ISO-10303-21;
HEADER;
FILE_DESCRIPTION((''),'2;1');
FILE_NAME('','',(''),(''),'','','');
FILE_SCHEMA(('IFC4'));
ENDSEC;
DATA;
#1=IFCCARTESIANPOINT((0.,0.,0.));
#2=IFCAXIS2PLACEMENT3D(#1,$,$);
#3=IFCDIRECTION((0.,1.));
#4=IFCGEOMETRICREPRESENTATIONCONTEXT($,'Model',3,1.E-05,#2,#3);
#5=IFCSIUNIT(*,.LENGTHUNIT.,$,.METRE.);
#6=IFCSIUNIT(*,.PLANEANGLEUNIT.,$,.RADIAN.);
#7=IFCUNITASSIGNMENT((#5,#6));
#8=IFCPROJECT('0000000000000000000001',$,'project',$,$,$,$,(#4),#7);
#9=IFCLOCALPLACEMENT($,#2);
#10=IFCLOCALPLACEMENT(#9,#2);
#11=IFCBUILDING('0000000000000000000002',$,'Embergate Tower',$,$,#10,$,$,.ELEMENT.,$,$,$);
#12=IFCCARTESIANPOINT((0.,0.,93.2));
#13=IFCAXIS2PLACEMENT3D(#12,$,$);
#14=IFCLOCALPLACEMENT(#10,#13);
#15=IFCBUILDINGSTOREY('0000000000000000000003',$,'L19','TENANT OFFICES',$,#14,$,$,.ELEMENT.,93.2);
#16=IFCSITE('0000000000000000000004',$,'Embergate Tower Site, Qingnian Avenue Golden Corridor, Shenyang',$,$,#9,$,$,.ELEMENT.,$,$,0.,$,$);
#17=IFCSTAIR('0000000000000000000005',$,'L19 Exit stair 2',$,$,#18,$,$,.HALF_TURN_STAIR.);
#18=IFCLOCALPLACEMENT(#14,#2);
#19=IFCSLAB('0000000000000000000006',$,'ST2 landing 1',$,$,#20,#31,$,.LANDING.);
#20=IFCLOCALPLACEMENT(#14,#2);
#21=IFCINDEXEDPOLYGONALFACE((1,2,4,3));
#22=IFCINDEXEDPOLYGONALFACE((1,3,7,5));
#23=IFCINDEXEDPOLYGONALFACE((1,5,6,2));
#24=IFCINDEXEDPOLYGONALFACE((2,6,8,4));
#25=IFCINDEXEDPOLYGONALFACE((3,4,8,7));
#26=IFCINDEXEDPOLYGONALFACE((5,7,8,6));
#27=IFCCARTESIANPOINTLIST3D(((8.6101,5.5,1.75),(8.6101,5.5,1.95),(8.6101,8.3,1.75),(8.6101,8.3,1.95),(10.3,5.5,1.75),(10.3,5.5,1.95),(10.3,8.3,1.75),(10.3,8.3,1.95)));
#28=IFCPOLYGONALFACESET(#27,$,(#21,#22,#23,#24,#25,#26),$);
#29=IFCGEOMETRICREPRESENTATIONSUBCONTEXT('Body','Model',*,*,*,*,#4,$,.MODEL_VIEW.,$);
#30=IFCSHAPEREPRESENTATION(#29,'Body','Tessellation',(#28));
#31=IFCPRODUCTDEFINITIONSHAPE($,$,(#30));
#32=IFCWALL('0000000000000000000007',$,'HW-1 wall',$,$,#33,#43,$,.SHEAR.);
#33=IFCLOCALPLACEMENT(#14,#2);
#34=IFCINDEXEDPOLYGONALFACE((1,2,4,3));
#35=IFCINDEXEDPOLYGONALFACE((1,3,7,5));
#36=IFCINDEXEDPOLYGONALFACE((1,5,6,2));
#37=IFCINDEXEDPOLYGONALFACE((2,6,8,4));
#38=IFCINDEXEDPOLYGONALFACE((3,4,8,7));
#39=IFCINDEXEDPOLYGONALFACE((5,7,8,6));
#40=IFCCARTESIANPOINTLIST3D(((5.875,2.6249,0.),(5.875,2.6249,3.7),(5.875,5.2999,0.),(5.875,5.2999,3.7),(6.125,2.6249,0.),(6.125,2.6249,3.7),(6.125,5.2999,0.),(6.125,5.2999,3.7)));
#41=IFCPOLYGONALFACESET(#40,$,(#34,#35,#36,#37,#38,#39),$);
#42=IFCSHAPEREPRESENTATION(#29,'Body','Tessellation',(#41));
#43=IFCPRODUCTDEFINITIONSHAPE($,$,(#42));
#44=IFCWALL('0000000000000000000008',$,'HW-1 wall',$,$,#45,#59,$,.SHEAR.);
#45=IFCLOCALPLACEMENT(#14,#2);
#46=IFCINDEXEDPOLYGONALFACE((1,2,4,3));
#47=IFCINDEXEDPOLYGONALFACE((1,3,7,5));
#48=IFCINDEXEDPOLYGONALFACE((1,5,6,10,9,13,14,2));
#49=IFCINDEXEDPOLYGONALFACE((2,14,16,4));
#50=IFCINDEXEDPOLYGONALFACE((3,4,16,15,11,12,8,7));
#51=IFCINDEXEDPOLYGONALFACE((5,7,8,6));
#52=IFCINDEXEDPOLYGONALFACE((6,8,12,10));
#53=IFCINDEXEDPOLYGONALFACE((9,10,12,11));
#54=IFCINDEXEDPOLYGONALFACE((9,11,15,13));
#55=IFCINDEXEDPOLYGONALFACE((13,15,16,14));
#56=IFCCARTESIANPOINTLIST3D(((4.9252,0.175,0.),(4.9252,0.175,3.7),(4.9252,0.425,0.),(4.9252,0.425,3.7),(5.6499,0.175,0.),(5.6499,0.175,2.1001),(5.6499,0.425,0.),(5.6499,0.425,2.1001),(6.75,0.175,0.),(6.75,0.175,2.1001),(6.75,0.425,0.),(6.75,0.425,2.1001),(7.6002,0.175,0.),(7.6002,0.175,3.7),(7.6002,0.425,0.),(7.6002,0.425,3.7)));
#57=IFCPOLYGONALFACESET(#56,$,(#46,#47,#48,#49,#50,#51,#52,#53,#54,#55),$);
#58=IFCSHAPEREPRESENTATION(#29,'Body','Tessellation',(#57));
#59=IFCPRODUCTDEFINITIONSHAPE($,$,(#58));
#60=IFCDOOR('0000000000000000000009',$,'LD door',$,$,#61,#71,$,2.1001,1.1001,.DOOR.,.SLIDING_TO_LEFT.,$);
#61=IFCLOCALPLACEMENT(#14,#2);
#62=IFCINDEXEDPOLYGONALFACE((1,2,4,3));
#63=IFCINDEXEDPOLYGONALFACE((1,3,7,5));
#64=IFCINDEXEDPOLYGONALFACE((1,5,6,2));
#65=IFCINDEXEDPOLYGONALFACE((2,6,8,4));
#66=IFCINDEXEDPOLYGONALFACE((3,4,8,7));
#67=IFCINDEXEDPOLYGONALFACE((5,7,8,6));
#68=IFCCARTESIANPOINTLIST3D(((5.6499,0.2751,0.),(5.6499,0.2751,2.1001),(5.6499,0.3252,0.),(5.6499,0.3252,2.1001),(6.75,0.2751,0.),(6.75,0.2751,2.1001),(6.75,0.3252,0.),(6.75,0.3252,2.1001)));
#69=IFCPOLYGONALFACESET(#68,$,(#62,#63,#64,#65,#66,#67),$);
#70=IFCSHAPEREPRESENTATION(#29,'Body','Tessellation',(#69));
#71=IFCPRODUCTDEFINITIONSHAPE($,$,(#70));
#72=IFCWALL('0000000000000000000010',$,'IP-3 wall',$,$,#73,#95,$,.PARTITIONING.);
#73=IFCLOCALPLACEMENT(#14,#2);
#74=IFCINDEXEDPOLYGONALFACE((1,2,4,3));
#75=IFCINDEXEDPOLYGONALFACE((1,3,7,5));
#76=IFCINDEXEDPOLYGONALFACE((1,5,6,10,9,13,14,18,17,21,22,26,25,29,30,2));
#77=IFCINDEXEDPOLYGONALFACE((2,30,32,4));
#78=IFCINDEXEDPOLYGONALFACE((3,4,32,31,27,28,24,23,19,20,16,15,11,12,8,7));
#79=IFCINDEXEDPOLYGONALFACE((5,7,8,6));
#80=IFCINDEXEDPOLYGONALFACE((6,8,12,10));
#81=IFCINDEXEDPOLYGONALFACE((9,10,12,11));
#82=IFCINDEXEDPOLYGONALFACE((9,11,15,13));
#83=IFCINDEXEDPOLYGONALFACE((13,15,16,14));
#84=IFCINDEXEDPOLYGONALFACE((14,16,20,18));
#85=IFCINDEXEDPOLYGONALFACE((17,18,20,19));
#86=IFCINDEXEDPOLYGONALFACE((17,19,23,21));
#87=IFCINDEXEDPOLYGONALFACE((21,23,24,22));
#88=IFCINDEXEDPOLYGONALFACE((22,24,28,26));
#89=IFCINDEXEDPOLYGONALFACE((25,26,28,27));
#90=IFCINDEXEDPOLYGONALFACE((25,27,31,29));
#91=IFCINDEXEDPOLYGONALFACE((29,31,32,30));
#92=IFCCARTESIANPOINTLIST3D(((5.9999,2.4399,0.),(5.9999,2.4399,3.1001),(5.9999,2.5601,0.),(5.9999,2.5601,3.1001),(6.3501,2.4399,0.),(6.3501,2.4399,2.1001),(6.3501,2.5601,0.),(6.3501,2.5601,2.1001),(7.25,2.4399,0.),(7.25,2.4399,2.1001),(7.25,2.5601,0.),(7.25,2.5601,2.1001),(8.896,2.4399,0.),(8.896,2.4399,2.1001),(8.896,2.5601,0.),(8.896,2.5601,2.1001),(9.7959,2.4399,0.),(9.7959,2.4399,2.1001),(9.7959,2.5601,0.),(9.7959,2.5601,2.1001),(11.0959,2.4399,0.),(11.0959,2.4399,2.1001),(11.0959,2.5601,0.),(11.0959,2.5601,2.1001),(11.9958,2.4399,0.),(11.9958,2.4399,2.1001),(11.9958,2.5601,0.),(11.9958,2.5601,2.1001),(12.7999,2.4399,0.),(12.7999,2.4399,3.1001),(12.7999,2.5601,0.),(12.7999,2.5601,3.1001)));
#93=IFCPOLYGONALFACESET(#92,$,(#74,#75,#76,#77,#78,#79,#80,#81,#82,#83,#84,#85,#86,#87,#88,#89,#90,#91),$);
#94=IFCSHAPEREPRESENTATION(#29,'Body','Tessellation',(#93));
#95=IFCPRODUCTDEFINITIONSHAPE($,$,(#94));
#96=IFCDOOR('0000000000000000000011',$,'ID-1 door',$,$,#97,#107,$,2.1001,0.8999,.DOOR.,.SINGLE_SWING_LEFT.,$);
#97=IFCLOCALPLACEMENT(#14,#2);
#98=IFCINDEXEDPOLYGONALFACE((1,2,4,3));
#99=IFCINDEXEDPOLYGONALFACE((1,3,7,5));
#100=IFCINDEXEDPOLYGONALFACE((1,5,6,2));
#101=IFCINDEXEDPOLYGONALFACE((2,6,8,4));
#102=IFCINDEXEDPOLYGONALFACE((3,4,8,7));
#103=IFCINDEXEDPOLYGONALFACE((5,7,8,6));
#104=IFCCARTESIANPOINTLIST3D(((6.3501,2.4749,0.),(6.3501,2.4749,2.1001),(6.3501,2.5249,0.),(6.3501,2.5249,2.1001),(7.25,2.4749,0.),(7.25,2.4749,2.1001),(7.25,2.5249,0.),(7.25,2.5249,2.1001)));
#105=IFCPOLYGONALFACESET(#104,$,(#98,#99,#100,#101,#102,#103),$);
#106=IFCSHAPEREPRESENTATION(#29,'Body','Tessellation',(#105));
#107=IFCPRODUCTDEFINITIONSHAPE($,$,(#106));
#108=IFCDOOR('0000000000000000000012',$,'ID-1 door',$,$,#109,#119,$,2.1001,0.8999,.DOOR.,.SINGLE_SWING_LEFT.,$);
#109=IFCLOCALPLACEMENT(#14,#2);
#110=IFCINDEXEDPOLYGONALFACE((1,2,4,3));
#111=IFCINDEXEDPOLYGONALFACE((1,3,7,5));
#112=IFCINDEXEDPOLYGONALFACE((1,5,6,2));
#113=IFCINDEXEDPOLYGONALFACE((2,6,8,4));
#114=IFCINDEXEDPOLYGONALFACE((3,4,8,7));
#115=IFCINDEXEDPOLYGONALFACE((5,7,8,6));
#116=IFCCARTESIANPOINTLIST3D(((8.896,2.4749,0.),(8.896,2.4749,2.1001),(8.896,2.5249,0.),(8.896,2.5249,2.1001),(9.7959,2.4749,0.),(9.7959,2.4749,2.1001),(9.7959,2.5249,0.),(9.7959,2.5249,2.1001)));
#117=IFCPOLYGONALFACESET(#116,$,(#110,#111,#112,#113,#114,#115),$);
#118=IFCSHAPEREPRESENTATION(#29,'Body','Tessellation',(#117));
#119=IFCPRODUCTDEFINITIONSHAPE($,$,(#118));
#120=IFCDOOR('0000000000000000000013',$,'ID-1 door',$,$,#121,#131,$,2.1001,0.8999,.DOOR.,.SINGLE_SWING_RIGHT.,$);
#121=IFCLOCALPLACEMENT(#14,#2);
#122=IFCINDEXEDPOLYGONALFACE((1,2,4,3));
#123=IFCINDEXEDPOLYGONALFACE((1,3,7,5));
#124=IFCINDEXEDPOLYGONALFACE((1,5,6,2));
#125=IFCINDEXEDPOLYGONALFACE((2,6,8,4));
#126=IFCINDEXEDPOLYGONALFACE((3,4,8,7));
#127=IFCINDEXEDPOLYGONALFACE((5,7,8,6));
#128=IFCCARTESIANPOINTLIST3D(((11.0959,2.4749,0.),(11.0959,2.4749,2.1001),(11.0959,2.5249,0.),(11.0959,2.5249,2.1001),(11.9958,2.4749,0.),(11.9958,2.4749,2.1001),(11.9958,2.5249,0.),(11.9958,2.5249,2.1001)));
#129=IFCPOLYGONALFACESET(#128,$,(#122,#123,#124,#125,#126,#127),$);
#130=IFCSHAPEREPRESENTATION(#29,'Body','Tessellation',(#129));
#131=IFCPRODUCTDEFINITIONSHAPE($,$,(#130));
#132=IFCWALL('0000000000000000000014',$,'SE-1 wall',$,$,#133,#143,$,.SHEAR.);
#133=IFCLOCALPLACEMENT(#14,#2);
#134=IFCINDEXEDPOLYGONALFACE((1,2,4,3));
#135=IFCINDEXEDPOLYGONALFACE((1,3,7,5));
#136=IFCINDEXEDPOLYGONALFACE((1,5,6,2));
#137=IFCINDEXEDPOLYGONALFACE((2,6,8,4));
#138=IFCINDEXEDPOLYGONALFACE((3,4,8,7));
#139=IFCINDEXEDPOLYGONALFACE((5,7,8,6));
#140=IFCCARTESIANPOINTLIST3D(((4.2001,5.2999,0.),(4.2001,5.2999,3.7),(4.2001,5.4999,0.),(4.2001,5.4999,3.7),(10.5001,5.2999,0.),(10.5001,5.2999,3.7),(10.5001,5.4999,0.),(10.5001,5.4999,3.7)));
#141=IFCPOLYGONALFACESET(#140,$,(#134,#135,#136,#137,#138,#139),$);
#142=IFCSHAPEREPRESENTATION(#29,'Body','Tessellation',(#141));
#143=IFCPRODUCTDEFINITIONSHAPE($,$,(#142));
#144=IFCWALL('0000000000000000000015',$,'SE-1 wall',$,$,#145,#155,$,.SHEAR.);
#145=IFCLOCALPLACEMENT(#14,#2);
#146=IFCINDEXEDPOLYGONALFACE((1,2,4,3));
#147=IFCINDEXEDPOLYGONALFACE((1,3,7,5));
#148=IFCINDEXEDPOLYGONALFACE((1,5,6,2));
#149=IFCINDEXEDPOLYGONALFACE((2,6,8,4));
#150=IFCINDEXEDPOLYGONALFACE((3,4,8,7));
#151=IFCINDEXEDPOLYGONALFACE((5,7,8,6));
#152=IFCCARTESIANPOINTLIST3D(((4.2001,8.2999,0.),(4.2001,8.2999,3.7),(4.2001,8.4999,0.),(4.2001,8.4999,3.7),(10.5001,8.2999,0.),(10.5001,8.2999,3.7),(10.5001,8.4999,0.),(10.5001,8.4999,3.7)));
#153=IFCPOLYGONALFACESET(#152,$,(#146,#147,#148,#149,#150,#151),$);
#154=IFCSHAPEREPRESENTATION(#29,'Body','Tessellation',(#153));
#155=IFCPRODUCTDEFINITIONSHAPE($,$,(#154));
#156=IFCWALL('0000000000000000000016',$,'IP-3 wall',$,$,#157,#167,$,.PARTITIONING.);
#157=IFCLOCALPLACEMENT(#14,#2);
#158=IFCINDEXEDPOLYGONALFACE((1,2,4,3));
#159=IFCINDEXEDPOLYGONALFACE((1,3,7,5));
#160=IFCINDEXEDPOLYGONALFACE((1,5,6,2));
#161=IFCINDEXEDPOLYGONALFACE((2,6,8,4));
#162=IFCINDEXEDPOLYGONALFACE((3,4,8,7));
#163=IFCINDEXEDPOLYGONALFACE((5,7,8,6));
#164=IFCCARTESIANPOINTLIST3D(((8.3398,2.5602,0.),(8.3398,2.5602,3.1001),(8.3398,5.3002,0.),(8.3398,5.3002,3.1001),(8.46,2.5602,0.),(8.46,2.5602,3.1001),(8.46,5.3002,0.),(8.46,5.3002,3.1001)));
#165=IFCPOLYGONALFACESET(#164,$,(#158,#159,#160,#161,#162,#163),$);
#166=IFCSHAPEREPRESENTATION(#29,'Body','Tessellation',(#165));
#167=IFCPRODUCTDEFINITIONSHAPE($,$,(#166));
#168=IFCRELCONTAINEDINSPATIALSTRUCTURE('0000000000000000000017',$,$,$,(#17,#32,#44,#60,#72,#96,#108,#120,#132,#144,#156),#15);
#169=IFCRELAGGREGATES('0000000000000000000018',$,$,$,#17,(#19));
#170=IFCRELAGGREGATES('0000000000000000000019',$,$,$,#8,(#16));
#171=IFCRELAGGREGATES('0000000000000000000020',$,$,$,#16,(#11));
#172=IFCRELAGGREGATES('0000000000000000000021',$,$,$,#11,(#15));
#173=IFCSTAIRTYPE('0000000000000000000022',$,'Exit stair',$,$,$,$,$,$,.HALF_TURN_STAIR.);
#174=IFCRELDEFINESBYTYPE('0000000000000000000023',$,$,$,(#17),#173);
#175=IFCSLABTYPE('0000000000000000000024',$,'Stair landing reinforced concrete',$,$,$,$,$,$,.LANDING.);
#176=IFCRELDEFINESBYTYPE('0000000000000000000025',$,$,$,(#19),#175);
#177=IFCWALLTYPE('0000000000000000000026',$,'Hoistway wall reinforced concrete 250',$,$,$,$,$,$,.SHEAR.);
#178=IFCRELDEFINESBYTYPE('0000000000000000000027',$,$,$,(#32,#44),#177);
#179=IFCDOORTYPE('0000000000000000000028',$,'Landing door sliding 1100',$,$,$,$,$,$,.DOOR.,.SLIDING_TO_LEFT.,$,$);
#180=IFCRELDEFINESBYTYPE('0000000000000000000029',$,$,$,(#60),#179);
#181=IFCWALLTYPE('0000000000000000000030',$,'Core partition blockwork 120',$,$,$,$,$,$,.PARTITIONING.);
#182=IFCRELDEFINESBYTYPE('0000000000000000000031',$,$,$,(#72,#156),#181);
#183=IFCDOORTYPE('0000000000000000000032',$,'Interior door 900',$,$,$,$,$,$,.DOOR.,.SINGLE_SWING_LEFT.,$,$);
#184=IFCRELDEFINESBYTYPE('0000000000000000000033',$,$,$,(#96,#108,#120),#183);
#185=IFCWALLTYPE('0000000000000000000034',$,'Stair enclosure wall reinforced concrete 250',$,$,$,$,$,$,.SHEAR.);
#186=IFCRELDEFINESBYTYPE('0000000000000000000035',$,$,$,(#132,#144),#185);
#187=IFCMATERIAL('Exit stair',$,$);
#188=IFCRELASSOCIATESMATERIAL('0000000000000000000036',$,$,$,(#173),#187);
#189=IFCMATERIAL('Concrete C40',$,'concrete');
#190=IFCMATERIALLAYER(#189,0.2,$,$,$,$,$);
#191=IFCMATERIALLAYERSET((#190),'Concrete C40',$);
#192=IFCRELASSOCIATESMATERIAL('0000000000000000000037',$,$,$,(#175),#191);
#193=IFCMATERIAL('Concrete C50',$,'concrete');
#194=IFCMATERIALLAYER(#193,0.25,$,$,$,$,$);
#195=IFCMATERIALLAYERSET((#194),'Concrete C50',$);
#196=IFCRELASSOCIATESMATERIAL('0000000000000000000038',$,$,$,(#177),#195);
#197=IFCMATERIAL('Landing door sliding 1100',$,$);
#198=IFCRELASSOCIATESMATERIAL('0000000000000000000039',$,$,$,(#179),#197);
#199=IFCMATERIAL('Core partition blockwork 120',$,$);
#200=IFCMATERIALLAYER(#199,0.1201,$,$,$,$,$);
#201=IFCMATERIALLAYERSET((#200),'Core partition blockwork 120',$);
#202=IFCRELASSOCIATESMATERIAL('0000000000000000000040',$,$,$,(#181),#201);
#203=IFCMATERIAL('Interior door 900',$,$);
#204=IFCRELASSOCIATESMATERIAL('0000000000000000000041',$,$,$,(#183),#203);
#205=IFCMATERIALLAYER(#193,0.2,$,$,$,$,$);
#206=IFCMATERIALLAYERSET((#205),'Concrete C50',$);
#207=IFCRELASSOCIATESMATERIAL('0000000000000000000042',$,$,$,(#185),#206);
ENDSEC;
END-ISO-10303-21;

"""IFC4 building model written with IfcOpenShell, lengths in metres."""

from ifc_helpers import new_model, si_unit, direction, frame, frame_2d, origin, place, context, subcontext, project, spatial, polyline, rectangle, outline, extrude, source, transform, mapped, material, layer, layer_set, type_object, element, fill, aggregate, save


model = new_model("IFC4")

# Units and contexts
model_context = context("Model", 3, precision=1e-05, world=origin(), true_north=direction((0.0, 1.0)))
body_context = subcontext(model_context, "Body", "Model", "MODEL_VIEW")
ifc_project = project(units=[si_unit("LENGTHUNIT", "METRE"), si_unit("PLANEANGLEUNIT", "RADIAN")], contexts=[model_context])

# Site, building, storey
site_placement = place(None, origin())
site = spatial("IfcSite", under=ifc_project, at=site_placement, Name="Embergate Tower Site, Qingnian Avenue Golden Corridor, Shenyang", CompositionType="ELEMENT", RefElevation=0.0)
building_placement = place(site_placement, origin())
building = spatial("IfcBuilding", under=site, at=building_placement, Name="Embergate Tower", CompositionType="ELEMENT")
storey_placement = place(building_placement, frame((0.0, 0.0, 93.2)))
storey = spatial("IfcBuildingStorey", under=building, at=storey_placement, Name="L19", Description="TENANT OFFICES", CompositionType="ELEMENT", Elevation=93.2)

# Stair, slab
ifc_material_1 = material(Name="Exit stair")
stair_type = type_object("IfcStairType", Name="Exit stair", PredefinedType="HALF_TURN_STAIR", material=ifc_material_1)
stair_placement = place(storey_placement, origin())
stair = element("IfcStair", 1, at=stair_placement, inside=storey, type_object=stair_type, Name="L19 Exit stair 2", PredefinedType="HALF_TURN_STAIR")
ifc_material_2 = material(Name="Concrete C40", Category="concrete")
ifc_layer_1 = layer(ifc_material_2, 0.2)
ifc_layer_set_1 = layer_set([ifc_layer_1], Name="Concrete C40")
slab_type = type_object("IfcSlabType", Name="Stair landing reinforced concrete", PredefinedType="LANDING", material=ifc_layer_set_1)
shared_shape_1 = source(origin(), body_context, "Body", "SweptSolid", [
    extrude(outline(polyline([(0.0, 0.0), (1.6899, 0.0), (1.6899, 2.8), (0.0, 2.8), (0.0, 0.0)])), origin(), (0.0, 0.0, 1.0), 0.2),
])
slab_placement = place(storey_placement, frame((8.6101, 5.5, 1.75)))
slab = element("IfcSlab", 2, at=slab_placement, type_object=slab_type, Name="ST2 landing 1", PredefinedType="LANDING", context=body_context, shape_type="MappedRepresentation", body=[
    mapped(shared_shape_1, transform((0.0, 0.0, 0.0))),
])

# Wall
ifc_material_3 = material(Name="Concrete C50", Category="concrete")
ifc_layer_2 = layer(ifc_material_3, 0.25)
ifc_layer_set_2 = layer_set([ifc_layer_2], Name="Concrete C50")
wall_type_1 = type_object("IfcWallType", Name="Hoistway wall reinforced concrete 250", PredefinedType="SHEAR", material=ifc_layer_set_2)
shared_shape_2 = source(origin(), body_context, "Body", "SweptSolid", [
    extrude(rectangle(XDim=2.675, YDim=0.25, at=frame_2d((1.3374, 0.0))), origin(), (0.0, 0.0, 1.0), 3.7),
])
wall_1_placement = place(storey_placement, frame((6.0, 2.625, 0.0), z_axis=(0.0, 0.0, 1.0), x_axis=(0.0, 1.0, 0.0)))
element("IfcWall", 3, at=wall_1_placement, inside=storey, type_object=wall_type_1, Name="HW-1 wall", PredefinedType="SHEAR", context=body_context, shape_type="MappedRepresentation", body=[
    mapped(shared_shape_2, transform((0.0, 0.0, 0.0))),
])

# Wall, opening, door
wall_2_placement = place(storey_placement, frame((7.6001, 0.3, 0.0), z_axis=(0.0, 0.0, 1.0), x_axis=(-1.0, 0.0, 0.0)))
wall_2 = element("IfcWall", 4, at=wall_2_placement, inside=storey, type_object=wall_type_1, Name="HW-1 wall", PredefinedType="SHEAR", context=body_context, shape_type="MappedRepresentation", body=[
    mapped(shared_shape_2, transform((0.0, 0.0, 0.0))),
])
shared_shape_3 = source(origin(), body_context, "Body", "SweptSolid", [
    extrude(rectangle(XDim=1.1001, YDim=2.1001, at=frame_2d((0.55, 1.05))), frame((0.0, 0.135, 0.0), z_axis=(0.0, -1.0, 0.0), x_axis=(1.0, 0.0, 0.0)), (0.0, 0.0, 1.0), 0.27),
])
opening_1_placement = place(wall_2_placement, frame((0.8501, 0.0, 0.0)))
opening_1 = element("IfcOpeningElement", 5, at=opening_1_placement, cuts=wall_2, PredefinedType="OPENING", context=body_context, shape_type="MappedRepresentation", body=[
    mapped(shared_shape_3, transform((0.0, 0.0, 0.0))),
])
ifc_material_4 = material(Name="Landing door sliding 1100")
door_type_1 = type_object("IfcDoorType", Name="Landing door sliding 1100", OperationType="SLIDING_TO_LEFT", PredefinedType="DOOR", material=ifc_material_4)
shared_shape_4 = source(origin(), body_context, "Body", "SweptSolid", [
    extrude(rectangle(XDim=1.1001, YDim=2.1001, at=frame_2d((0.55, 1.05))), frame((0.0, 0.0249, 0.0), z_axis=(0.0, -1.0, 0.0), x_axis=(1.0, 0.0, 0.0)), (0.0, 0.0, 1.0), 0.05),
])
door_1_placement = place(opening_1_placement, origin())
door_1 = element("IfcDoor", 6, at=door_1_placement, inside=storey, type_object=door_type_1, Name="LD door", OperationType="SLIDING_TO_LEFT", OverallHeight=2.1001, OverallWidth=1.1001, PredefinedType="DOOR", context=body_context, shape_type="MappedRepresentation", body=[
    mapped(shared_shape_4, transform((0.0, 0.0, 0.0))),
])
fill(opening_1, door_1)

# Wall, openings, doors
ifc_material_5 = material(Name="Core partition blockwork 120")
ifc_layer_3 = layer(ifc_material_5, 0.1201)
ifc_layer_set_3 = layer_set([ifc_layer_3], Name="Core partition blockwork 120")
wall_type_2 = type_object("IfcWallType", Name="Core partition blockwork 120", PredefinedType="PARTITIONING", material=ifc_layer_set_3)
shared_shape_5 = source(origin(), body_context, "Body", "SweptSolid", [
    extrude(rectangle(XDim=6.8, YDim=0.1201, at=frame_2d((3.3999, 0.0))), origin(), (0.0, 0.0, 1.0), 3.1001),
])
wall_3_placement = place(storey_placement, frame((6.0, 2.5, 0.0), z_axis=(0.0, 0.0, 1.0), x_axis=(1.0, 0.0, 0.0)))
wall_3 = element("IfcWall", 7, at=wall_3_placement, inside=storey, type_object=wall_type_2, Name="IP-3 wall", PredefinedType="PARTITIONING", context=body_context, shape_type="MappedRepresentation", body=[
    mapped(shared_shape_5, transform((0.0, 0.0, 0.0))),
])
shared_shape_6 = source(origin(), body_context, "Body", "SweptSolid", [
    extrude(rectangle(XDim=0.8999, YDim=2.1001, at=frame_2d((0.45, 1.05))), frame((0.0, 0.0701, 0.0), z_axis=(0.0, -1.0, 0.0), x_axis=(1.0, 0.0, 0.0)), (0.0, 0.0, 1.0), 0.1401),
])
opening_2_placement = place(wall_3_placement, frame((0.3501, 0.0, 0.0)))
opening_2 = element("IfcOpeningElement", 8, at=opening_2_placement, cuts=wall_3, PredefinedType="OPENING", context=body_context, shape_type="MappedRepresentation", body=[
    mapped(shared_shape_6, transform((0.0, 0.0, 0.0))),
])
opening_3_placement = place(wall_3_placement, frame((2.896, 0.0, 0.0)))
opening_3 = element("IfcOpeningElement", 9, at=opening_3_placement, cuts=wall_3, PredefinedType="OPENING", context=body_context, shape_type="MappedRepresentation", body=[
    mapped(shared_shape_6, transform((0.0, 0.0, 0.0))),
])
opening_4_placement = place(wall_3_placement, frame((5.0959, 0.0, 0.0)))
opening_4 = element("IfcOpeningElement", 10, at=opening_4_placement, cuts=wall_3, PredefinedType="OPENING", context=body_context, shape_type="MappedRepresentation", body=[
    mapped(shared_shape_6, transform((0.0, 0.0, 0.0))),
])
ifc_material_6 = material(Name="Interior door 900")
door_type_2 = type_object("IfcDoorType", Name="Interior door 900", OperationType="SINGLE_SWING_LEFT", PredefinedType="DOOR", material=ifc_material_6)
shared_shape_7 = source(origin(), body_context, "Body", "SweptSolid", [
    extrude(rectangle(XDim=0.8999, YDim=2.1001, at=frame_2d((0.45, 1.05))), frame((0.0, 0.0249, 0.0), z_axis=(0.0, -1.0, 0.0), x_axis=(1.0, 0.0, 0.0)), (0.0, 0.0, 1.0), 0.05),
])
door_2_placement = place(opening_2_placement, origin())
door_2 = element("IfcDoor", 11, at=door_2_placement, inside=storey, type_object=door_type_2, Name="ID-1 door", OperationType="SINGLE_SWING_LEFT", OverallHeight=2.1001, OverallWidth=0.8999, PredefinedType="DOOR", context=body_context, shape_type="MappedRepresentation", body=[
    mapped(shared_shape_7, transform((0.0, 0.0, 0.0))),
])
fill(opening_2, door_2)
door_3_placement = place(opening_3_placement, origin())
door_3 = element("IfcDoor", 12, at=door_3_placement, inside=storey, type_object=door_type_2, Name="ID-1 door", OperationType="SINGLE_SWING_LEFT", OverallHeight=2.1001, OverallWidth=0.8999, PredefinedType="DOOR", context=body_context, shape_type="MappedRepresentation", body=[
    mapped(shared_shape_7, transform((0.0, 0.0, 0.0))),
])
fill(opening_3, door_3)
door_4_placement = place(opening_4_placement, origin())
door_4 = element("IfcDoor", 13, at=door_4_placement, inside=storey, type_object=door_type_2, Name="ID-1 door", OperationType="SINGLE_SWING_RIGHT", OverallHeight=2.1001, OverallWidth=0.8999, PredefinedType="DOOR", context=body_context, shape_type="MappedRepresentation", body=[
    mapped(shared_shape_7, transform((0.0, 0.0, 0.0))),
])
fill(opening_4, door_4)

# Walls
ifc_layer_4 = layer(ifc_material_3, 0.2)
ifc_layer_set_4 = layer_set([ifc_layer_4], Name="Concrete C50")
wall_type_3 = type_object("IfcWallType", Name="Stair enclosure wall reinforced concrete 250", PredefinedType="SHEAR", material=ifc_layer_set_4)
shared_shape_8 = source(origin(), body_context, "Body", "SweptSolid", [
    extrude(rectangle(XDim=6.3, YDim=0.2, at=frame_2d((3.1499, 0.0))), origin(), (0.0, 0.0, 1.0), 3.7),
])
for number, where, z_axis, x_axis, name in (
    (14, (10.5, 5.3999, 0.0), (0.0, 0.0, 1.0), (-1.0, 0.0, 0.0), "SE-1 wall"),
    (15, (10.5, 8.3999, 0.0), (0.0, 0.0, 1.0), (-1.0, 0.0, 0.0), "SE-1 wall"),
):
    element("IfcWall", number, at=place(storey_placement, frame(where, z_axis=z_axis, x_axis=x_axis)), inside=storey, type_object=wall_type_3, Name=name, PredefinedType="SHEAR", context=body_context, shape_type="MappedRepresentation", body=[
        mapped(shared_shape_8, transform((0.0, 0.0, 0.0))),
    ])
shared_shape_9 = source(origin(), body_context, "Body", "SweptSolid", [
    extrude(rectangle(XDim=2.74, YDim=0.1201, at=frame_2d((1.3701, 0.0))), origin(), (0.0, 0.0, 1.0), 3.1001),
])
for number, where, z_axis, x_axis, name in (
    (16, (8.3999, 2.5601, 0.0), (0.0, 0.0, 1.0), (0.0, 1.0, 0.0), "IP-3 wall"),
):
    element("IfcWall", number, at=place(storey_placement, frame(where, z_axis=z_axis, x_axis=x_axis)), inside=storey, type_object=wall_type_2, Name=name, PredefinedType="PARTITIONING", context=body_context, shape_type="MappedRepresentation", body=[
        mapped(shared_shape_9, transform((0.0, 0.0, 0.0))),
    ])

aggregate(stair, [slab])

save(model, "model.ifc")
